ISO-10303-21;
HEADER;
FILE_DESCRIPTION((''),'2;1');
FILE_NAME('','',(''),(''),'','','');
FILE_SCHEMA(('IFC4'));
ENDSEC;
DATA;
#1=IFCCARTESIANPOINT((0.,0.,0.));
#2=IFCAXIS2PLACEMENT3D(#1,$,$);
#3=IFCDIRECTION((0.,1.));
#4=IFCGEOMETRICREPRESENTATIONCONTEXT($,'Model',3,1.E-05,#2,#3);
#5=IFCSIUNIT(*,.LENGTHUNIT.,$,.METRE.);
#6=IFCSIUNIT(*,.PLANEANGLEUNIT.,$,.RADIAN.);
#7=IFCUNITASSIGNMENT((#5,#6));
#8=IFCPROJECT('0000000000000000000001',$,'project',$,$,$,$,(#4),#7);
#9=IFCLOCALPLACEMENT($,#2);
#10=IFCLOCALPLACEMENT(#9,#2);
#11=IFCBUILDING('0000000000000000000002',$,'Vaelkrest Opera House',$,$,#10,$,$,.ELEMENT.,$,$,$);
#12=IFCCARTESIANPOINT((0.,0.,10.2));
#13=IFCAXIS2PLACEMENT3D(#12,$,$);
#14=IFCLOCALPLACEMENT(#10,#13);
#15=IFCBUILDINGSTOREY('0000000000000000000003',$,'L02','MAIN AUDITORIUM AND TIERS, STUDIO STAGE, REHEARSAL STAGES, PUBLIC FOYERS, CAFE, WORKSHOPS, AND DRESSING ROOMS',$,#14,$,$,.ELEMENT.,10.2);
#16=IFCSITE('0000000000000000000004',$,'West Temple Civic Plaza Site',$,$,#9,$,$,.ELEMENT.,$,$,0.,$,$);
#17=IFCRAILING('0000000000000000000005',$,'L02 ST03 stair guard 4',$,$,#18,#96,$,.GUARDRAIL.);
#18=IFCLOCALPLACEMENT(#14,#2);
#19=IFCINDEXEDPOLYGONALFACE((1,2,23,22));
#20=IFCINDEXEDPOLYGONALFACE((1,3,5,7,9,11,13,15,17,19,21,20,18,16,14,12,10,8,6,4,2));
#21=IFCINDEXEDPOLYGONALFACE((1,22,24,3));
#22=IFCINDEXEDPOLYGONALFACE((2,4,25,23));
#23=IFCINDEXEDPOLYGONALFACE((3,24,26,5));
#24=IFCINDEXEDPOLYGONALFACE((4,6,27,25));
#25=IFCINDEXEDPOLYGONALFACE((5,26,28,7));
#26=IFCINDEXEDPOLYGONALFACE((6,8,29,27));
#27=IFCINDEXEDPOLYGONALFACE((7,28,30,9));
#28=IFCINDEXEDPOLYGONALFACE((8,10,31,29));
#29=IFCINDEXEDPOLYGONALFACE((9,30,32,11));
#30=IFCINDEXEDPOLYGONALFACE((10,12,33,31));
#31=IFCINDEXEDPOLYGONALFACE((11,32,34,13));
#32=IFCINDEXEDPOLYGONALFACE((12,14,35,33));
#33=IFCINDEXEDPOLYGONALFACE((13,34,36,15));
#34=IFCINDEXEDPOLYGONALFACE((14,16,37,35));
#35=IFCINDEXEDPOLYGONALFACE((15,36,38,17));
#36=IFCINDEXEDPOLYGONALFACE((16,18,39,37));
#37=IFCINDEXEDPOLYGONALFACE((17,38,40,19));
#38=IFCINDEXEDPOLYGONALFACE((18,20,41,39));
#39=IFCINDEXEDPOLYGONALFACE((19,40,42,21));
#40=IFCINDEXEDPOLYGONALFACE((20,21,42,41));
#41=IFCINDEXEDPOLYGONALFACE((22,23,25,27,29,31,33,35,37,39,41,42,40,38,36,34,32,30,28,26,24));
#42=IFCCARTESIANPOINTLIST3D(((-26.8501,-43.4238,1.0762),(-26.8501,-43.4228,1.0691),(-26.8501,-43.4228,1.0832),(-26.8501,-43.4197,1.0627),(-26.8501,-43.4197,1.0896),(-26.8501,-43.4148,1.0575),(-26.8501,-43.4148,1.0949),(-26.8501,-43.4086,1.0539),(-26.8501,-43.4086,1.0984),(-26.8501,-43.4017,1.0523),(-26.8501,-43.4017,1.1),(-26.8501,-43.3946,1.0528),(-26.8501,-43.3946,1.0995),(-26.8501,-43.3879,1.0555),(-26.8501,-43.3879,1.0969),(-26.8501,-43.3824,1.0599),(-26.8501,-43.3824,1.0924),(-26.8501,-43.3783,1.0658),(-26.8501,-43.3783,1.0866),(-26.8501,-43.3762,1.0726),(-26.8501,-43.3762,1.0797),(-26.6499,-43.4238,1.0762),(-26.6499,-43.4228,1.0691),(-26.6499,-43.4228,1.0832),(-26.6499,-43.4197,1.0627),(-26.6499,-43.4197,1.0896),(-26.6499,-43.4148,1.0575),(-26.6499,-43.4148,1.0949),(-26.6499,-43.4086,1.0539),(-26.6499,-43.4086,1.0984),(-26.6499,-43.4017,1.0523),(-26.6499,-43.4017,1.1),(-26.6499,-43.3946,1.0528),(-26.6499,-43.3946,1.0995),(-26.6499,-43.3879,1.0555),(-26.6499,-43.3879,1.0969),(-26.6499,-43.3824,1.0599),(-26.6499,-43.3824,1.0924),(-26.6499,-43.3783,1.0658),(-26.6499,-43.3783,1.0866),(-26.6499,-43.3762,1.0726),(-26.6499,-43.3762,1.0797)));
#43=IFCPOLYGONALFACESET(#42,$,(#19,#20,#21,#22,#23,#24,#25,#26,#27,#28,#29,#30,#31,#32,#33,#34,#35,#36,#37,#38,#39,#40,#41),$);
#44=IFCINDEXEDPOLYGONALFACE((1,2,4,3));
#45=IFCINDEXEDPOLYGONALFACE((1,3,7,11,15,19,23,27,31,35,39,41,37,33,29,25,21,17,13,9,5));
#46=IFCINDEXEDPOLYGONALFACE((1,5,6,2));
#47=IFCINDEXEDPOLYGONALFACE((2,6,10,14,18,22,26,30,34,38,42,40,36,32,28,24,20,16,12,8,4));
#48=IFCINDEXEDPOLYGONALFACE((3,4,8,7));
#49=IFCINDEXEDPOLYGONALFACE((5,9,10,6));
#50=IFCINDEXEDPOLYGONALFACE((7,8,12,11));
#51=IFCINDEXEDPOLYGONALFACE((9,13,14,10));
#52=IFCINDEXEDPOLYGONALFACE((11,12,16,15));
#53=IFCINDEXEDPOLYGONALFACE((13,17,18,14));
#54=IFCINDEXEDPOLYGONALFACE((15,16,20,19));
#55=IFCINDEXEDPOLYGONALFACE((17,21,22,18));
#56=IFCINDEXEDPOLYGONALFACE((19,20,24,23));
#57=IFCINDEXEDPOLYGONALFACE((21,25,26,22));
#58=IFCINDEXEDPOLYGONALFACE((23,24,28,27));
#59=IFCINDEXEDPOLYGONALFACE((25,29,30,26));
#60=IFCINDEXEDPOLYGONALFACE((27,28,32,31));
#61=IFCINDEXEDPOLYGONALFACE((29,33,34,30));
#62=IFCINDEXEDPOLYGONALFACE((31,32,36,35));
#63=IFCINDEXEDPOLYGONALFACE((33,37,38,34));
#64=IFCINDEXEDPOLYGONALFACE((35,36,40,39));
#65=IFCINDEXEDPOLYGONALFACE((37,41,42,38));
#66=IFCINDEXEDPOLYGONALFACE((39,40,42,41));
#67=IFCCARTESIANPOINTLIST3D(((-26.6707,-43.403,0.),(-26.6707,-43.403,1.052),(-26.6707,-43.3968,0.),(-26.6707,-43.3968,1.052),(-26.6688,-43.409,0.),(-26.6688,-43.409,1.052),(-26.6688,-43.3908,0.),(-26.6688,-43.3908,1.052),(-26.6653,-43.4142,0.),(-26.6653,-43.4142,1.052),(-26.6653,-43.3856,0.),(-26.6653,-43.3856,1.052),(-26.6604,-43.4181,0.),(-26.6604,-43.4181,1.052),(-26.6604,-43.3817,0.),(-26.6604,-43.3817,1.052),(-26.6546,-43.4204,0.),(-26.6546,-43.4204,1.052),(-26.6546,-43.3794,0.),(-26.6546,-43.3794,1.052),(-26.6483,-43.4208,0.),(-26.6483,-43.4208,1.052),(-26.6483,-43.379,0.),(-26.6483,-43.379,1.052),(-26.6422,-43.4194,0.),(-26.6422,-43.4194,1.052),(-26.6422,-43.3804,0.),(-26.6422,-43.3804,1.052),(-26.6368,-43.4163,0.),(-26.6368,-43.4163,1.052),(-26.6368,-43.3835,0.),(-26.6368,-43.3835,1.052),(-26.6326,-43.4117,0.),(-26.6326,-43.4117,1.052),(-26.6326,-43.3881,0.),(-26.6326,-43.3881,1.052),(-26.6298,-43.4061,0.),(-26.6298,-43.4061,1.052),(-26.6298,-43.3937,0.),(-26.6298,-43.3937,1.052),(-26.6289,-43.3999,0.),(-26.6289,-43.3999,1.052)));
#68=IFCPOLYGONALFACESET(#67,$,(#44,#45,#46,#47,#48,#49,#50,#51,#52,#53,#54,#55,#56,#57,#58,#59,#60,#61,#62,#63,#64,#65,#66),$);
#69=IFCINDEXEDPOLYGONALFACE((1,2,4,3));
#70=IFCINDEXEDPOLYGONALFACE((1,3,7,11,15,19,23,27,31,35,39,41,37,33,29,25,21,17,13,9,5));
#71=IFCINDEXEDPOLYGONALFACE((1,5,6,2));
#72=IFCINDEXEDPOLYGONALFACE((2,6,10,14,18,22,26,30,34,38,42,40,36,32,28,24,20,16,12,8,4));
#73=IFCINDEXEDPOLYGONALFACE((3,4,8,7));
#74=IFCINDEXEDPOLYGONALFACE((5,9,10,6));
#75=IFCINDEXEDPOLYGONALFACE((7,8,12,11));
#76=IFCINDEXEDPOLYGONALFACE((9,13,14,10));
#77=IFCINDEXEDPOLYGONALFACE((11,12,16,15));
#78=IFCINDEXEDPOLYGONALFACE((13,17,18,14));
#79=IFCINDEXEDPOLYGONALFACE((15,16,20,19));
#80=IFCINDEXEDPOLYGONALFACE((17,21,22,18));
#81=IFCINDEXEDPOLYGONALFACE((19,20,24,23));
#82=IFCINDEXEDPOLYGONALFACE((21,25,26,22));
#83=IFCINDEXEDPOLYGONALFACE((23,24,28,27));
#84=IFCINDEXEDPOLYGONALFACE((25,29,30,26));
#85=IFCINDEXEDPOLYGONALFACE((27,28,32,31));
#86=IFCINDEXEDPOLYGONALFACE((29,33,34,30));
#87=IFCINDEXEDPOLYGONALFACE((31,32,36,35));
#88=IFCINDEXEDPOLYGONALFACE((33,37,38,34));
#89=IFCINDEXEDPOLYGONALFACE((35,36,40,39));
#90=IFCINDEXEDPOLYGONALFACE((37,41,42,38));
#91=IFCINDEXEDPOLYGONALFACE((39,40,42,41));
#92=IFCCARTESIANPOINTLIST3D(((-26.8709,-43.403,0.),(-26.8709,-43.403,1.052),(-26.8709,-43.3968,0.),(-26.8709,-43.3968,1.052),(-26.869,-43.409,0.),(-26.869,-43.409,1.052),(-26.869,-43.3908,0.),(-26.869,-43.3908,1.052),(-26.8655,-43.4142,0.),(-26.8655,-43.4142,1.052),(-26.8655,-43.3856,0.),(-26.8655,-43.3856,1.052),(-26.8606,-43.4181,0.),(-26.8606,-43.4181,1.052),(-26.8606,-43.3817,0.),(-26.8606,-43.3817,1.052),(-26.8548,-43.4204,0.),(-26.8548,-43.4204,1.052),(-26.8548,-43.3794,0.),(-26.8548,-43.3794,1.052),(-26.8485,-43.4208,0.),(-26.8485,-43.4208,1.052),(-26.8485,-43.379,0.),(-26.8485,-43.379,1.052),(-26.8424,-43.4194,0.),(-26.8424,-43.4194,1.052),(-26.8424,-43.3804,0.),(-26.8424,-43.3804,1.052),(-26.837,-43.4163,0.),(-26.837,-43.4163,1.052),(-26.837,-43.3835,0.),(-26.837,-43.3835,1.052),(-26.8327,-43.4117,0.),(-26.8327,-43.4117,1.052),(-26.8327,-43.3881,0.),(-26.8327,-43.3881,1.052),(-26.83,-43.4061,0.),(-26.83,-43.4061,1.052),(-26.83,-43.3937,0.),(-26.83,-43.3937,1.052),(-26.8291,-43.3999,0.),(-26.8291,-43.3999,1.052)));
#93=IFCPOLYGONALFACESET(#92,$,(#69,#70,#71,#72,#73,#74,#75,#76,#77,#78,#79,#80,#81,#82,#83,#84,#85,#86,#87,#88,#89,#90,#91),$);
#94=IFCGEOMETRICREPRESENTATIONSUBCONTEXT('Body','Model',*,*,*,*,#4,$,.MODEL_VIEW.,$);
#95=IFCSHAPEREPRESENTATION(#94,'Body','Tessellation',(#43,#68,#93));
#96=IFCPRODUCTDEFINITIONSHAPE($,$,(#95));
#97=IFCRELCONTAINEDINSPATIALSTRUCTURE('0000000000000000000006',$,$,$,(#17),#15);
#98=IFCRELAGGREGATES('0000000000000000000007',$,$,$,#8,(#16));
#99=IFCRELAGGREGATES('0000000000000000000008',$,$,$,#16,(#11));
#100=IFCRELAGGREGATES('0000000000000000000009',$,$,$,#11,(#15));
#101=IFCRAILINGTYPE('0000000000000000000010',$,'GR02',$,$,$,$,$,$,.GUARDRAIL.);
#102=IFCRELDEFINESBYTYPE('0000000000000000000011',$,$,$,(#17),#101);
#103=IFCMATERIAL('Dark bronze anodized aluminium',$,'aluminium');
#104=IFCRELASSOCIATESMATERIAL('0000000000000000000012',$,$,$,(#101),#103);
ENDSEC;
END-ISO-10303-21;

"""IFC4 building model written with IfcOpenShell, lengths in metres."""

from ifc_helpers import new_model, si_unit, direction, frame, origin, origin_2d, place, context, subcontext, project, spatial, circle, extrude, material, type_object, element, save


model = new_model("IFC4")

# Units and contexts
model_context = context("Model", 3, precision=1e-05, world=origin(), true_north=direction((0.0, 1.0)))
body_context = subcontext(model_context, "Body", "Model", "MODEL_VIEW")
ifc_project = project(units=[si_unit("LENGTHUNIT", "METRE"), si_unit("PLANEANGLEUNIT", "RADIAN")], contexts=[model_context])

# Site, building, storey
site_placement = place(None, origin())
site = spatial("IfcSite", under=ifc_project, at=site_placement, Name="West Temple Civic Plaza Site", CompositionType="ELEMENT", RefElevation=0.0)
building_placement = place(site_placement, origin())
building = spatial("IfcBuilding", under=site, at=building_placement, Name="Vaelkrest Opera House", CompositionType="ELEMENT")
storey_placement = place(building_placement, frame((0.0, 0.0, 10.2)))
storey = spatial("IfcBuildingStorey", under=building, at=storey_placement, Name="L02", Description="MAIN AUDITORIUM AND TIERS, STUDIO STAGE, REHEARSAL STAGES, PUBLIC FOYERS, CAFE, WORKSHOPS, AND DRESSING ROOMS", CompositionType="ELEMENT", Elevation=10.2)

# Shared definitions
ifc_material_1 = material(Name="Dark bronze anodized aluminium", Category="aluminium")

# Railing
railing_type_1 = type_object("IfcRailingType", Name="GR02", PredefinedType="GUARDRAIL", material=ifc_material_1)
railing_1_placement = place(storey_placement, frame((-26.6499, -43.3999, 0.0)))
element("IfcRailing", 1, at=railing_1_placement, inside=storey, type_object=railing_type_1, Name="L02 ST03 stair guard 4", PredefinedType="GUARDRAIL", context=body_context, shape_type="SweptSolid", body=[
    extrude(circle(Radius=0.0239, at=origin_2d()), frame((0.0, 0.0, 1.0762), z_axis=(-1.0, 0.0, 0.0), x_axis=(0.0, -1.0, 0.0)), (0.0, 0.0, 1.0), 0.2002),
    extrude(circle(Radius=0.021, at=origin_2d()), origin(), (0.0, 0.0, 1.0), 1.052),
    extrude(circle(Radius=0.021, at=origin_2d()), frame((-0.2002, 0.0, 0.0)), (0.0, 0.0, 1.0), 1.052),
])

save(model, "model.ifc")
